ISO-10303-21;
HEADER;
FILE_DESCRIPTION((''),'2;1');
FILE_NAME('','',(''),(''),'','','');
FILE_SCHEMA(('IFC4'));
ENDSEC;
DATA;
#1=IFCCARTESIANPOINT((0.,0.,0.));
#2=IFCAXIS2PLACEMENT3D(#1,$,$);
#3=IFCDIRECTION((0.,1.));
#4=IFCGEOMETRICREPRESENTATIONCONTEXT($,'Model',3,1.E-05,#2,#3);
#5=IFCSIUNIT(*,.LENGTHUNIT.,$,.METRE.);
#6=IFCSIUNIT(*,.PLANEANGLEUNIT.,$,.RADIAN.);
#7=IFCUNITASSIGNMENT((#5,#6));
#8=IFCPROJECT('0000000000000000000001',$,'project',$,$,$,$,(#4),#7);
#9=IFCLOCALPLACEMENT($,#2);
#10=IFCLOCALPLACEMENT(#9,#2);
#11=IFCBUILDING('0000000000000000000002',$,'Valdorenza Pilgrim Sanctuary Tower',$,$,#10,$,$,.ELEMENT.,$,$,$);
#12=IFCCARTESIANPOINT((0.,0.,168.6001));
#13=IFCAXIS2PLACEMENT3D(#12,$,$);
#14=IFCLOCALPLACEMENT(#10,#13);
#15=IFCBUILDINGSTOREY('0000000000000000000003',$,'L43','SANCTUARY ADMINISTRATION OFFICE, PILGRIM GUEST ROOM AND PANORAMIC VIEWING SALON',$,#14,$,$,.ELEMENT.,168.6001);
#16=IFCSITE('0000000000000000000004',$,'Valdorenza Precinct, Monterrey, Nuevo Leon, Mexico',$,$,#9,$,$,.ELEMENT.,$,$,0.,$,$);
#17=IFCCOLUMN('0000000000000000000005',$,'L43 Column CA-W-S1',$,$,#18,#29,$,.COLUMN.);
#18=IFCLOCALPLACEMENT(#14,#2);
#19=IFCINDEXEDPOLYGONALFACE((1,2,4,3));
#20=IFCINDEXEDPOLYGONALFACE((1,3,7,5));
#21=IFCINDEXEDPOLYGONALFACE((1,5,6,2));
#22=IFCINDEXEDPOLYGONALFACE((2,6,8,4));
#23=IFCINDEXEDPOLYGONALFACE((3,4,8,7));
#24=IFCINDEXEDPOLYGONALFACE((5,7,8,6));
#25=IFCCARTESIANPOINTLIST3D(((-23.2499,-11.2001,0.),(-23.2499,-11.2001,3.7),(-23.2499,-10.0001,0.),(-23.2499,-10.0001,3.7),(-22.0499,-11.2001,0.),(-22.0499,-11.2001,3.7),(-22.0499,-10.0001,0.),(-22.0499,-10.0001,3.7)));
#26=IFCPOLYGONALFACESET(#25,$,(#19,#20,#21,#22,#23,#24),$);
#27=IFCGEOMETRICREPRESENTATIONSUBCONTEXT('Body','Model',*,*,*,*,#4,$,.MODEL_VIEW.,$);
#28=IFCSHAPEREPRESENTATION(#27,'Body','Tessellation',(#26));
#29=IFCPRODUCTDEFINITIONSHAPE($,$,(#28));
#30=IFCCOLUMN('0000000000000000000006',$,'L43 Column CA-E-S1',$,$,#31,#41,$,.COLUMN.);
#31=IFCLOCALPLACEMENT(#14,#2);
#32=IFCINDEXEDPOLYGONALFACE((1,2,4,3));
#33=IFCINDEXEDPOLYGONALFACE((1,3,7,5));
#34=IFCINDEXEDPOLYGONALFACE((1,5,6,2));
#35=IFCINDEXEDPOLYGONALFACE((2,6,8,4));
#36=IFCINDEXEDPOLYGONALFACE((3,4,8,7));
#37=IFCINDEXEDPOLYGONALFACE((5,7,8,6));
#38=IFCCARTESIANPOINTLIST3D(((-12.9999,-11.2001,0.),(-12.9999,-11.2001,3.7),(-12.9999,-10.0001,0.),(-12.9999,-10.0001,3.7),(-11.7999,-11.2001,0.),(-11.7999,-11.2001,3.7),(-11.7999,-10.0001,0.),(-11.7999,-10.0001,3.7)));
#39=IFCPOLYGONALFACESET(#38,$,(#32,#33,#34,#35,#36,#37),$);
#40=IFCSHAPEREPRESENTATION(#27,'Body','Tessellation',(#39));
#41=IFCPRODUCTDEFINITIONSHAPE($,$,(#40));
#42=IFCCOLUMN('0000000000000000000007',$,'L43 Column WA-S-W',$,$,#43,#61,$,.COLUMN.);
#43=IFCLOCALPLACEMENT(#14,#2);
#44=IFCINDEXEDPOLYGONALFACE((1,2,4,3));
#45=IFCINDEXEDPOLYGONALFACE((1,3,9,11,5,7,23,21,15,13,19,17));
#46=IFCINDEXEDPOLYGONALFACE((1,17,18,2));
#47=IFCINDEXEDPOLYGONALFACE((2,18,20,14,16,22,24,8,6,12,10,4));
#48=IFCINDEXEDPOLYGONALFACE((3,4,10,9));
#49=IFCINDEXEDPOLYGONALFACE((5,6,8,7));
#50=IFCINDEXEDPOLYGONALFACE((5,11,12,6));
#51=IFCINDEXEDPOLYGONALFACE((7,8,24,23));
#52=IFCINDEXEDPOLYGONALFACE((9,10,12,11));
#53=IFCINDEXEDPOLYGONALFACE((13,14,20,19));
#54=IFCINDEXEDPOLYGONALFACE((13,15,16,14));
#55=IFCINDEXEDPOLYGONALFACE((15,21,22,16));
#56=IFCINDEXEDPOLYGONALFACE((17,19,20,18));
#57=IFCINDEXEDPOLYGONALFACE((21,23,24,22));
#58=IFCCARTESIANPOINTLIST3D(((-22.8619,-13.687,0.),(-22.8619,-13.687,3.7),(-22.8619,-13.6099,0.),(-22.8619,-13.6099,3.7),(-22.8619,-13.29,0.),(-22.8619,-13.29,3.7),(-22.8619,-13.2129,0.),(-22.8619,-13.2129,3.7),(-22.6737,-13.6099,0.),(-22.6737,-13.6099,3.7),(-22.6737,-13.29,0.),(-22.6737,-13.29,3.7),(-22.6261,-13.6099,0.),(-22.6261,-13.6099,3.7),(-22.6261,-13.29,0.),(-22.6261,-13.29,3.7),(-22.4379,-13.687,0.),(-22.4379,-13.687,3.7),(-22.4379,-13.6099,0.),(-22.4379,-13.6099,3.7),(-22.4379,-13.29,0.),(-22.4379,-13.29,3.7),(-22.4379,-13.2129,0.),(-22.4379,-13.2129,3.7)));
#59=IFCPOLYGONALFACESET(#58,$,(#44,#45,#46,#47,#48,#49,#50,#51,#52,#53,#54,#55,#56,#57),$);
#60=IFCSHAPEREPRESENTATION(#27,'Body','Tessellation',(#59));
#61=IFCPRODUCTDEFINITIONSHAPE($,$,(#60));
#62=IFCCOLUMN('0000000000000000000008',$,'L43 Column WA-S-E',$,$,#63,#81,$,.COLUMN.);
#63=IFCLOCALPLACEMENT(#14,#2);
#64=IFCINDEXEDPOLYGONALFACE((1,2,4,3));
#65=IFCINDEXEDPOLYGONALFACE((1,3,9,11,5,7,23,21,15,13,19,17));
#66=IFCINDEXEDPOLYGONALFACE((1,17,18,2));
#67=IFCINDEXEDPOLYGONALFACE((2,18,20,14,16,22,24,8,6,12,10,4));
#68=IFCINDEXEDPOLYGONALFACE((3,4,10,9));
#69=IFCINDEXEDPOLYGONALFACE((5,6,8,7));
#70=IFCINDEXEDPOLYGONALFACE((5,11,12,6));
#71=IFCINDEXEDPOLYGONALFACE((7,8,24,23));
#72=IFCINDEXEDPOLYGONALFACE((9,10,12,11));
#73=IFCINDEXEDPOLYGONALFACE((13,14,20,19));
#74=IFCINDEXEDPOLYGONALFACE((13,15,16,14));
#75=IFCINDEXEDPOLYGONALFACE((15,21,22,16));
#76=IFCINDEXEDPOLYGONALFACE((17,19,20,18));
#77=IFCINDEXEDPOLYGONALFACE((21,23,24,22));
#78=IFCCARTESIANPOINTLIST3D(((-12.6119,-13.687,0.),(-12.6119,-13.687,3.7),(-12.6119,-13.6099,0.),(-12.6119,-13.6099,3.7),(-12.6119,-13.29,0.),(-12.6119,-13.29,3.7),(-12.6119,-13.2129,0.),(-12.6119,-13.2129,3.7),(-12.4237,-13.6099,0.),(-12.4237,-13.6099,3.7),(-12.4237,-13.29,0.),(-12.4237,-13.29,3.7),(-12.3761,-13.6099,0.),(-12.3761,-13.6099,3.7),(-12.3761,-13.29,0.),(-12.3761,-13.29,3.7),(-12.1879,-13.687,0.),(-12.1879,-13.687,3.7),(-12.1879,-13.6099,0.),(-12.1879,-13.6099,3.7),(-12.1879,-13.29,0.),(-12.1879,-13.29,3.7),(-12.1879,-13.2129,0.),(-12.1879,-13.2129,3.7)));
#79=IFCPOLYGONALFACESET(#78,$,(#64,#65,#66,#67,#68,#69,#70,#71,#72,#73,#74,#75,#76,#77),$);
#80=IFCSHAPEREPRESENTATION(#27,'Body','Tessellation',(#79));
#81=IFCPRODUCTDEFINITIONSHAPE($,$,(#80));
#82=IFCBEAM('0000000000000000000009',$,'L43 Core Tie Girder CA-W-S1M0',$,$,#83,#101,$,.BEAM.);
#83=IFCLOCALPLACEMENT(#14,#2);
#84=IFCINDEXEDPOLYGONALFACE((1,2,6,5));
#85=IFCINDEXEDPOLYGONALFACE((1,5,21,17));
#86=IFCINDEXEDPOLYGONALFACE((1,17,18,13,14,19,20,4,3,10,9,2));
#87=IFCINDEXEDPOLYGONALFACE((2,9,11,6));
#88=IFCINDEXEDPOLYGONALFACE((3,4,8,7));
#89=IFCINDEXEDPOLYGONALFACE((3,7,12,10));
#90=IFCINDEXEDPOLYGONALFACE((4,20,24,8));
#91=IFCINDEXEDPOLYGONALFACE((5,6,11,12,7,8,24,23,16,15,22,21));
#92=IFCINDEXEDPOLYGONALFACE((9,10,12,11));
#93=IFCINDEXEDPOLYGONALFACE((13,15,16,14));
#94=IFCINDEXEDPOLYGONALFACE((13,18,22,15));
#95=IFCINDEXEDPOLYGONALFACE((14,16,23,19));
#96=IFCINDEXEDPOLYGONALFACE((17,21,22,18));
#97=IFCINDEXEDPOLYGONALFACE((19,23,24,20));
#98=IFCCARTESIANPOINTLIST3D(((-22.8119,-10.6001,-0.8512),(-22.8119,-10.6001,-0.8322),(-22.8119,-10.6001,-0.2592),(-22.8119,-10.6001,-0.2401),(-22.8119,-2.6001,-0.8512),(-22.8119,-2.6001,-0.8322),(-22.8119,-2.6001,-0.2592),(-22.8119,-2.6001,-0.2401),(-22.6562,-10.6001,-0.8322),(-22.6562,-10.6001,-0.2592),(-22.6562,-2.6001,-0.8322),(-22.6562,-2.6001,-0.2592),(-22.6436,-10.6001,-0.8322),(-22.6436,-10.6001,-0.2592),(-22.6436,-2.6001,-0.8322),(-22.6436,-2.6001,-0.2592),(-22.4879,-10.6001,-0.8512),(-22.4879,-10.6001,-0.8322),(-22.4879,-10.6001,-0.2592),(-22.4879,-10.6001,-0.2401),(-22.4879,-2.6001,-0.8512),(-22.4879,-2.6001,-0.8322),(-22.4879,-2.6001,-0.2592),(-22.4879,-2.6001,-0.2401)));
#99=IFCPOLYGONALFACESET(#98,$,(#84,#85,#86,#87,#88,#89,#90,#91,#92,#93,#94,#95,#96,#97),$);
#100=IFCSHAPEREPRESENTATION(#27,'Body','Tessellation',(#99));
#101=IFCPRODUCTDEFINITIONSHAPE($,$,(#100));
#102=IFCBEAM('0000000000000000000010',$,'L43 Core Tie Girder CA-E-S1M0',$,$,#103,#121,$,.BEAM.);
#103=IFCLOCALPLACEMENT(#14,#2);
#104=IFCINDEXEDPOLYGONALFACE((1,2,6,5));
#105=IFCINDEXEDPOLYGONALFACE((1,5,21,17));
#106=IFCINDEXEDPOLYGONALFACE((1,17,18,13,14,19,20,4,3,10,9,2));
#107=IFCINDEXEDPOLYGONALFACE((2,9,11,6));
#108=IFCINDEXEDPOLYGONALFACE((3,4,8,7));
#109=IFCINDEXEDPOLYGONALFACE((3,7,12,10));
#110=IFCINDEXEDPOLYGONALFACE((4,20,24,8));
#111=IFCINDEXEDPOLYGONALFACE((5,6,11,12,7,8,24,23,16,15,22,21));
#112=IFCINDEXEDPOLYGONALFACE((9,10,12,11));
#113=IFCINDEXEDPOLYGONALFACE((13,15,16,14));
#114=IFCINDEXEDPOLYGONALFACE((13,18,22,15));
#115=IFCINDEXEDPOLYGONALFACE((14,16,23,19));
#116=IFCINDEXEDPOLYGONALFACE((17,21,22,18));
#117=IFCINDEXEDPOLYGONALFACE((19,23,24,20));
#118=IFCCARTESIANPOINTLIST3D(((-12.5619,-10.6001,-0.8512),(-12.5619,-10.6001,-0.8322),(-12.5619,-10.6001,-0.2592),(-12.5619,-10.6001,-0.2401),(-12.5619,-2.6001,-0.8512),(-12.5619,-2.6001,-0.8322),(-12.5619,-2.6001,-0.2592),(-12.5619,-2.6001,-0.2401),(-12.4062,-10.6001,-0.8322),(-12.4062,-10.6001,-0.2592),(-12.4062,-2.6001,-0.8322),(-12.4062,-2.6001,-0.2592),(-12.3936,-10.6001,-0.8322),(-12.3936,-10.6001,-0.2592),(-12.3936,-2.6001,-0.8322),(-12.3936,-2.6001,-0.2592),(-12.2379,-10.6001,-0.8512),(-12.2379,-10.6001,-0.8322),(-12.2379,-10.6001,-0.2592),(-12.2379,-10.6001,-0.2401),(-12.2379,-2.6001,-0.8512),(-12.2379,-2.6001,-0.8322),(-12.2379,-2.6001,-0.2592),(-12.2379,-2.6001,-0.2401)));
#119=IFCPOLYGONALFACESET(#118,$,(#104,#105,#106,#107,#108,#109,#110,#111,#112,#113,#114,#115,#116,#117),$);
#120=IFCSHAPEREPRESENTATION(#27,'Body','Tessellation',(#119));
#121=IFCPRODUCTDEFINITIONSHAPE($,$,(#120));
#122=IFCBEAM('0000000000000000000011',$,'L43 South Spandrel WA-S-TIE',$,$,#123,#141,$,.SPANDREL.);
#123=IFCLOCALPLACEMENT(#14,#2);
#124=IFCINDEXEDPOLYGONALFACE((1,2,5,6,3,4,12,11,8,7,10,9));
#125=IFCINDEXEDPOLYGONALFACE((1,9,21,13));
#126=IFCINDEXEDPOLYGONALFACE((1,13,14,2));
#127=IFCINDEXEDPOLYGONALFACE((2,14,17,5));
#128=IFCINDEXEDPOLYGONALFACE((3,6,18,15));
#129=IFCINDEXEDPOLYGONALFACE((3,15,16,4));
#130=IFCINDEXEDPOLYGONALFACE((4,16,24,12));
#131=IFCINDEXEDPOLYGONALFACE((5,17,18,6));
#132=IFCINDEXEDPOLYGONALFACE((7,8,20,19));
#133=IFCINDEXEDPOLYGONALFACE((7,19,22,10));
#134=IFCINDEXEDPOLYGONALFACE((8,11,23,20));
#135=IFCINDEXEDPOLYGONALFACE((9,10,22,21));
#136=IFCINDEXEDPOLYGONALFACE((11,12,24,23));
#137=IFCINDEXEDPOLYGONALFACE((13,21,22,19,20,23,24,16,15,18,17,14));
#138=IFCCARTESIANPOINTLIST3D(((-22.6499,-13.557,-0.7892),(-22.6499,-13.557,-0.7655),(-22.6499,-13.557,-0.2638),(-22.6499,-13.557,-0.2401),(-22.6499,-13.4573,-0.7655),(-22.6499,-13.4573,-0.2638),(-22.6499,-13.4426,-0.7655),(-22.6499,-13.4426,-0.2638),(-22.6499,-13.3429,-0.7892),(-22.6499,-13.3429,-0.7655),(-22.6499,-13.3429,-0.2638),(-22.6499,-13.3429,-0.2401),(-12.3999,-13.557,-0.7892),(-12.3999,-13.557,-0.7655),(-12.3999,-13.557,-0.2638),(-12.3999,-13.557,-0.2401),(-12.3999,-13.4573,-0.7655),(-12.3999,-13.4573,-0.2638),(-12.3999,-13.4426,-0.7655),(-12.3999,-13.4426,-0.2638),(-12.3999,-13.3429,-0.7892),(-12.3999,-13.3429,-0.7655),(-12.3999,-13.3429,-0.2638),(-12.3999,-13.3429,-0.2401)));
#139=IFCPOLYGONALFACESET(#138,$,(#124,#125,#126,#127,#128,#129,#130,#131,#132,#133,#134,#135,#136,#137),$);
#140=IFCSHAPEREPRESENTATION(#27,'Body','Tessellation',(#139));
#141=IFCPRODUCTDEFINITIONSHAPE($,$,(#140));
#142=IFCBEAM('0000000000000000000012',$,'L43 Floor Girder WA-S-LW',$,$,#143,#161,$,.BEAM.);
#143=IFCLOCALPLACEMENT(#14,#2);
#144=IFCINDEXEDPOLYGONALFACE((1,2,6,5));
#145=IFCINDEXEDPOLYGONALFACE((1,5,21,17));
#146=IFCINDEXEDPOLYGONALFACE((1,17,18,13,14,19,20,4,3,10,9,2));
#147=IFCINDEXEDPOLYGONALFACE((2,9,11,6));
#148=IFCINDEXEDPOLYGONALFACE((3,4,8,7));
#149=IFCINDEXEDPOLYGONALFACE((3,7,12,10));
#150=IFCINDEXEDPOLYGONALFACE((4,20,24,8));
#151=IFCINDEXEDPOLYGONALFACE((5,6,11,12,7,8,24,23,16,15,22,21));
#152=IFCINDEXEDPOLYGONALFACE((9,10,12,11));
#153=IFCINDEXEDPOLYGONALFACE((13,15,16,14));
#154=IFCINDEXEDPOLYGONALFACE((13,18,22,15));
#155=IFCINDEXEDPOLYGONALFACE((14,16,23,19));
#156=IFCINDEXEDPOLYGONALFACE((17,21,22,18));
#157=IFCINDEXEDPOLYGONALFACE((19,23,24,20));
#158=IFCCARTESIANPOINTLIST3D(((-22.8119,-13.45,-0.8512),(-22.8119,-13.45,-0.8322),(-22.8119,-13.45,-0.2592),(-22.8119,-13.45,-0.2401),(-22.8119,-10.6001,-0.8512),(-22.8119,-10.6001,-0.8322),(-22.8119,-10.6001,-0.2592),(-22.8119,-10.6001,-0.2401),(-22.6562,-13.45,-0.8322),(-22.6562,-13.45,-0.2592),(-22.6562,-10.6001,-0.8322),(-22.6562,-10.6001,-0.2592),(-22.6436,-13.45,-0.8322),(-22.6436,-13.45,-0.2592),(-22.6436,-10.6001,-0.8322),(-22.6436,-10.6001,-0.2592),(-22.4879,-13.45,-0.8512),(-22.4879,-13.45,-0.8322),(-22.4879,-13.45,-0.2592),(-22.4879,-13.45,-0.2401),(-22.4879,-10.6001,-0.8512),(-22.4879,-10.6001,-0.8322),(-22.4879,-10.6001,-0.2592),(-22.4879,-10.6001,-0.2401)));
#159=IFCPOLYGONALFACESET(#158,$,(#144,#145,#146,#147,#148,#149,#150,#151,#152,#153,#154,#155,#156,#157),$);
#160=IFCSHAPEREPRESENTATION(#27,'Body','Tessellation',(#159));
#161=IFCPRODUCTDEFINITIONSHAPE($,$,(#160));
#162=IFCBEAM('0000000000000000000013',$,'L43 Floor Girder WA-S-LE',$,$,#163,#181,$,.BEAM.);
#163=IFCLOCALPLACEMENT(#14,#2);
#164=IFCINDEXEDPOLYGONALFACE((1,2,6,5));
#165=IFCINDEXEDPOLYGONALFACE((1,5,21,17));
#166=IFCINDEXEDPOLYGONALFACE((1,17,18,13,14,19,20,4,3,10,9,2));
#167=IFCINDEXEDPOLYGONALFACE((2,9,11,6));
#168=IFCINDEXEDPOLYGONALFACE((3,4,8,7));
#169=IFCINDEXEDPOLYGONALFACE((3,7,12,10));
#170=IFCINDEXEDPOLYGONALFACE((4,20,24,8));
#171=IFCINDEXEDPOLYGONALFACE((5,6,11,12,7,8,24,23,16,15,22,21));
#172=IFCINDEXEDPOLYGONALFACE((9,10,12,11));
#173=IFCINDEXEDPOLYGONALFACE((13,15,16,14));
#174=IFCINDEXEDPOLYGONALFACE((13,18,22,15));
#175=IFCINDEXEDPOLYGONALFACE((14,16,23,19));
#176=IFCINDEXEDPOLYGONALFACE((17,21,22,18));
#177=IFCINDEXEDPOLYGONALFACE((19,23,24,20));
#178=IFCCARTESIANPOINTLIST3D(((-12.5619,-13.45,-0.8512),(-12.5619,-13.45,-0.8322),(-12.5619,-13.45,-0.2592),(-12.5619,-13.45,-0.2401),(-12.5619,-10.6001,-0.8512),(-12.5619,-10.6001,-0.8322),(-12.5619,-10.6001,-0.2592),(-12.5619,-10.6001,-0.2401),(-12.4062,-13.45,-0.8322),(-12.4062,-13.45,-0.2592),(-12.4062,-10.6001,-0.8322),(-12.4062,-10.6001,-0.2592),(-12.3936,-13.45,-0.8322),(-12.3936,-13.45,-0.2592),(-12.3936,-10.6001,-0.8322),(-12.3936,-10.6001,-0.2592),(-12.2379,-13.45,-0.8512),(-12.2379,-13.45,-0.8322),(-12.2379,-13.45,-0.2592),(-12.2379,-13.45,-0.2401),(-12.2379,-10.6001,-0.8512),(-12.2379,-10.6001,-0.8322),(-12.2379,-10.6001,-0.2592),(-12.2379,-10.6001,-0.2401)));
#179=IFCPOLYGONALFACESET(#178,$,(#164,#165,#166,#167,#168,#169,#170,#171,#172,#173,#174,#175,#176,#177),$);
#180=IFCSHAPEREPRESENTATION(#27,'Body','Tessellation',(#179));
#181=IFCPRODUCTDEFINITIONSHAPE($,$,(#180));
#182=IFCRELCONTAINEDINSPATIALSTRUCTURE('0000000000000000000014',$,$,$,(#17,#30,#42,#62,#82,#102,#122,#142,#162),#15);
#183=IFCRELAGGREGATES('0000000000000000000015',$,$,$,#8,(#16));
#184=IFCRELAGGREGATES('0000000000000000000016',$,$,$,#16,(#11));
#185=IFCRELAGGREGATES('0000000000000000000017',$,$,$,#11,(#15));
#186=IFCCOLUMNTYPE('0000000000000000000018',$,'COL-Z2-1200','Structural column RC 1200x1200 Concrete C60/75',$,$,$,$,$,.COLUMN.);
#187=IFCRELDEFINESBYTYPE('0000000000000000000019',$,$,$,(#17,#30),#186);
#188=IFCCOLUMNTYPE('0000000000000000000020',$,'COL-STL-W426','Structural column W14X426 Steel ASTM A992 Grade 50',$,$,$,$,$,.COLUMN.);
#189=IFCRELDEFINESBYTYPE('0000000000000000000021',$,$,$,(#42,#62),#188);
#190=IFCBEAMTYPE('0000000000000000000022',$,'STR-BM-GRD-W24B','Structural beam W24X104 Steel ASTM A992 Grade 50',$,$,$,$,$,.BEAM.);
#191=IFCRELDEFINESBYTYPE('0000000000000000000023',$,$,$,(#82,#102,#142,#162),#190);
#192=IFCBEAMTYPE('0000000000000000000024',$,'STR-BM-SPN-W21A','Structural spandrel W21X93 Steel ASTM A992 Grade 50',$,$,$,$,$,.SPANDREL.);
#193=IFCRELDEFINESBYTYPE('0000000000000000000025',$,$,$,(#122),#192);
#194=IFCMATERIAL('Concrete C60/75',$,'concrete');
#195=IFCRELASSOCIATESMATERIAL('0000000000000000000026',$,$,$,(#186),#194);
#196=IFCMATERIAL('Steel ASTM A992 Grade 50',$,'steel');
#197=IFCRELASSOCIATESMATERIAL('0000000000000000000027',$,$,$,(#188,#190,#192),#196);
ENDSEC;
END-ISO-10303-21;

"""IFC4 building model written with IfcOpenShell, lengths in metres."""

from ifc_helpers import new_model, si_unit, direction, frame, origin, origin_2d, place, context, subcontext, project, spatial, rectangle, i_section, extrude, source, transform, mapped, material, material_profile, profile_set, type_object, element, save


model = new_model("IFC4")

# Units and contexts
model_context = context("Model", 3, precision=1e-05, world=origin(), true_north=direction((0.0, 1.0)))
body_context = subcontext(model_context, "Body", "Model", "MODEL_VIEW")
ifc_project = project(units=[si_unit("LENGTHUNIT", "METRE"), si_unit("PLANEANGLEUNIT", "RADIAN")], contexts=[model_context])

# Site, building, storey
site_placement = place(None, origin())
site = spatial("IfcSite", under=ifc_project, at=site_placement, Name="Valdorenza Precinct, Monterrey, Nuevo Leon, Mexico", CompositionType="ELEMENT", RefElevation=0.0)
building_placement = place(site_placement, origin())
building = spatial("IfcBuilding", under=site, at=building_placement, Name="Valdorenza Pilgrim Sanctuary Tower", CompositionType="ELEMENT")
storey_placement = place(building_placement, frame((0.0, 0.0, 168.6001)))
storey = spatial("IfcBuildingStorey", under=building, at=storey_placement, Name="L43", Description="SANCTUARY ADMINISTRATION OFFICE, PILGRIM GUEST ROOM AND PANORAMIC VIEWING SALON", CompositionType="ELEMENT", Elevation=168.6001)

# Columns
ifc_material_1 = material(Name="Concrete C60/75", Category="concrete")
ifc_material_profile_1 = material_profile(ifc_material_1, rectangle(XDim=1.2, YDim=1.2, at=origin_2d()), Name="RC 1200x1200")
ifc_profile_set_1 = profile_set([ifc_material_profile_1], Name="Concrete C60/75")
column_type_1 = type_object("IfcColumnType", Name="COL-Z2-1200", Description="Structural column RC 1200x1200 Concrete C60/75", PredefinedType="COLUMN", material=ifc_profile_set_1)
shared_shape_1 = source(origin(), body_context, "Body", "SweptSolid", [
    extrude(rectangle(XDim=1.2, YDim=1.2, at=origin_2d()), origin(), (0.0, 0.0, 1.0), 3.7),
])
for number, where, z_axis, x_axis, name in (
    (1, (-22.6499, -10.6001, 0.0), (0.0, 0.0, 1.0), (1.0, 0.0, 0.0), "L43 Column CA-W-S1"),
    (2, (-12.3999, -10.6001, 0.0), (0.0, 0.0, 1.0), (1.0, 0.0, 0.0), "L43 Column CA-E-S1"),
):
    element("IfcColumn", number, at=place(storey_placement, frame(where, z_axis=z_axis, x_axis=x_axis)), inside=storey, type_object=column_type_1, Name=name, PredefinedType="COLUMN", context=body_context, shape_type="MappedRepresentation", body=[
        mapped(shared_shape_1, transform((0.0, 0.0, 0.0), x_axis=(1.0, 0.0, 0.0), y_axis=(0.0, 1.0, 0.0), z_axis=(0.0, 0.0, 1.0), scale=1.0)),
    ])
ifc_material_2 = material(Name="Steel ASTM A992 Grade 50", Category="steel")
ifc_material_profile_2 = material_profile(ifc_material_2, i_section(OverallWidth=0.4241, OverallDepth=0.4741, WebThickness=0.0476, FlangeThickness=0.0771, at=origin_2d()), Name="W14X426")
ifc_profile_set_2 = profile_set([ifc_material_profile_2], Name="Steel ASTM A992 Grade 50")
column_type_2 = type_object("IfcColumnType", Name="COL-STL-W426", Description="Structural column W14X426 Steel ASTM A992 Grade 50", PredefinedType="COLUMN", material=ifc_profile_set_2)
shared_shape_2 = source(origin(), body_context, "Body", "SweptSolid", [
    extrude(i_section(OverallWidth=0.4241, OverallDepth=0.4741, WebThickness=0.0476, FlangeThickness=0.0771, at=origin_2d()), origin(), (0.0, 0.0, 1.0), 3.7),
])
for number, where, z_axis, x_axis, name in (
    (3, (-22.6499, -13.45, 0.0), (0.0, 0.0, 1.0), (1.0, 0.0, 0.0), "L43 Column WA-S-W"),
    (4, (-12.3999, -13.45, 0.0), (0.0, 0.0, 1.0), (1.0, 0.0, 0.0), "L43 Column WA-S-E"),
):
    element("IfcColumn", number, at=place(storey_placement, frame(where, z_axis=z_axis, x_axis=x_axis)), inside=storey, type_object=column_type_2, Name=name, PredefinedType="COLUMN", context=body_context, shape_type="MappedRepresentation", body=[
        mapped(shared_shape_2, transform((0.0, 0.0, 0.0), x_axis=(1.0, 0.0, 0.0), y_axis=(0.0, 1.0, 0.0), z_axis=(0.0, 0.0, 1.0), scale=1.0)),
    ])

# Beams
ifc_material_profile_3 = material_profile(ifc_material_2, i_section(OverallWidth=0.324, OverallDepth=0.6111, WebThickness=0.0127, FlangeThickness=0.019, at=origin_2d()), Name="W24X104")
ifc_profile_set_3 = profile_set([ifc_material_profile_3], Name="Steel ASTM A992 Grade 50")
beam_type_1 = type_object("IfcBeamType", Name="STR-BM-GRD-W24B", Description="Structural beam W24X104 Steel ASTM A992 Grade 50", PredefinedType="BEAM", material=ifc_profile_set_3)
shared_shape_3 = source(origin(), body_context, "Body", "SweptSolid", [
    extrude(i_section(OverallWidth=0.324, OverallDepth=0.6111, WebThickness=0.0127, FlangeThickness=0.019, at=origin_2d()), origin(), (0.0, 0.0, 1.0), 8.0),
])
for number, where, z_axis, x_axis, name in (
    (5, (-22.6499, -10.6001, -0.5457), (0.0, 1.0, 0.0), (-1.0, 0.0, 0.0), "L43 Core Tie Girder CA-W-S1M0"),
    (6, (-12.3999, -10.6001, -0.5457), (0.0, 1.0, 0.0), (-1.0, 0.0, 0.0), "L43 Core Tie Girder CA-E-S1M0"),
):
    element("IfcBeam", number, at=place(storey_placement, frame(where, z_axis=z_axis, x_axis=x_axis)), inside=storey, type_object=beam_type_1, Name=name, PredefinedType="BEAM", context=body_context, shape_type="MappedRepresentation", body=[
        mapped(shared_shape_3, transform((0.0, 0.0, 0.0), x_axis=(1.0, 0.0, 0.0), y_axis=(0.0, 1.0, 0.0), z_axis=(0.0, 0.0, 1.0), scale=1.0)),
    ])
ifc_material_profile_4 = material_profile(ifc_material_2, i_section(OverallWidth=0.2141, OverallDepth=0.5491, WebThickness=0.0146, FlangeThickness=0.0237, at=origin_2d()), Name="W21X93")
ifc_profile_set_4 = profile_set([ifc_material_profile_4], Name="Steel ASTM A992 Grade 50")
beam_type_2 = type_object("IfcBeamType", Name="STR-BM-SPN-W21A", Description="Structural spandrel W21X93 Steel ASTM A992 Grade 50", PredefinedType="SPANDREL", material=ifc_profile_set_4)
shared_shape_4 = source(origin(), body_context, "Body", "SweptSolid", [
    extrude(i_section(OverallWidth=0.2141, OverallDepth=0.5491, WebThickness=0.0146, FlangeThickness=0.0237, at=origin_2d()), origin(), (0.0, 0.0, 1.0), 10.25),
])
beam_1_placement = place(storey_placement, frame((-22.6499, -13.45, -0.5146), z_axis=(1.0, 0.0, 0.0), x_axis=(0.0, 1.0, 0.0)))
element("IfcBeam", 7, at=beam_1_placement, inside=storey, type_object=beam_type_2, Name="L43 South Spandrel WA-S-TIE", PredefinedType="SPANDREL", context=body_context, shape_type="MappedRepresentation", body=[
    mapped(shared_shape_4, transform((0.0, 0.0, 0.0), x_axis=(1.0, 0.0, 0.0), y_axis=(0.0, 1.0, 0.0), z_axis=(0.0, 0.0, 1.0), scale=1.0)),
])
shared_shape_5 = source(origin(), body_context, "Body", "SweptSolid", [
    extrude(i_section(OverallWidth=0.324, OverallDepth=0.6111, WebThickness=0.0127, FlangeThickness=0.019, at=origin_2d()), origin(), (0.0, 0.0, 1.0), 2.8499),
])
for number, where, z_axis, x_axis, name in (
    (8, (-22.6499, -13.45, -0.5457), (0.0, 1.0, 0.0), (-1.0, 0.0, 0.0), "L43 Floor Girder WA-S-LW"),
    (9, (-12.3999, -13.45, -0.5457), (0.0, 1.0, 0.0), (-1.0, 0.0, 0.0), "L43 Floor Girder WA-S-LE"),
):
    element("IfcBeam", number, at=place(storey_placement, frame(where, z_axis=z_axis, x_axis=x_axis)), inside=storey, type_object=beam_type_1, Name=name, PredefinedType="BEAM", context=body_context, shape_type="MappedRepresentation", body=[
        mapped(shared_shape_5, transform((0.0, 0.0, 0.0), x_axis=(1.0, 0.0, 0.0), y_axis=(0.0, 1.0, 0.0), z_axis=(0.0, 0.0, 1.0), scale=1.0)),
    ])

save(model, "model.ifc")
